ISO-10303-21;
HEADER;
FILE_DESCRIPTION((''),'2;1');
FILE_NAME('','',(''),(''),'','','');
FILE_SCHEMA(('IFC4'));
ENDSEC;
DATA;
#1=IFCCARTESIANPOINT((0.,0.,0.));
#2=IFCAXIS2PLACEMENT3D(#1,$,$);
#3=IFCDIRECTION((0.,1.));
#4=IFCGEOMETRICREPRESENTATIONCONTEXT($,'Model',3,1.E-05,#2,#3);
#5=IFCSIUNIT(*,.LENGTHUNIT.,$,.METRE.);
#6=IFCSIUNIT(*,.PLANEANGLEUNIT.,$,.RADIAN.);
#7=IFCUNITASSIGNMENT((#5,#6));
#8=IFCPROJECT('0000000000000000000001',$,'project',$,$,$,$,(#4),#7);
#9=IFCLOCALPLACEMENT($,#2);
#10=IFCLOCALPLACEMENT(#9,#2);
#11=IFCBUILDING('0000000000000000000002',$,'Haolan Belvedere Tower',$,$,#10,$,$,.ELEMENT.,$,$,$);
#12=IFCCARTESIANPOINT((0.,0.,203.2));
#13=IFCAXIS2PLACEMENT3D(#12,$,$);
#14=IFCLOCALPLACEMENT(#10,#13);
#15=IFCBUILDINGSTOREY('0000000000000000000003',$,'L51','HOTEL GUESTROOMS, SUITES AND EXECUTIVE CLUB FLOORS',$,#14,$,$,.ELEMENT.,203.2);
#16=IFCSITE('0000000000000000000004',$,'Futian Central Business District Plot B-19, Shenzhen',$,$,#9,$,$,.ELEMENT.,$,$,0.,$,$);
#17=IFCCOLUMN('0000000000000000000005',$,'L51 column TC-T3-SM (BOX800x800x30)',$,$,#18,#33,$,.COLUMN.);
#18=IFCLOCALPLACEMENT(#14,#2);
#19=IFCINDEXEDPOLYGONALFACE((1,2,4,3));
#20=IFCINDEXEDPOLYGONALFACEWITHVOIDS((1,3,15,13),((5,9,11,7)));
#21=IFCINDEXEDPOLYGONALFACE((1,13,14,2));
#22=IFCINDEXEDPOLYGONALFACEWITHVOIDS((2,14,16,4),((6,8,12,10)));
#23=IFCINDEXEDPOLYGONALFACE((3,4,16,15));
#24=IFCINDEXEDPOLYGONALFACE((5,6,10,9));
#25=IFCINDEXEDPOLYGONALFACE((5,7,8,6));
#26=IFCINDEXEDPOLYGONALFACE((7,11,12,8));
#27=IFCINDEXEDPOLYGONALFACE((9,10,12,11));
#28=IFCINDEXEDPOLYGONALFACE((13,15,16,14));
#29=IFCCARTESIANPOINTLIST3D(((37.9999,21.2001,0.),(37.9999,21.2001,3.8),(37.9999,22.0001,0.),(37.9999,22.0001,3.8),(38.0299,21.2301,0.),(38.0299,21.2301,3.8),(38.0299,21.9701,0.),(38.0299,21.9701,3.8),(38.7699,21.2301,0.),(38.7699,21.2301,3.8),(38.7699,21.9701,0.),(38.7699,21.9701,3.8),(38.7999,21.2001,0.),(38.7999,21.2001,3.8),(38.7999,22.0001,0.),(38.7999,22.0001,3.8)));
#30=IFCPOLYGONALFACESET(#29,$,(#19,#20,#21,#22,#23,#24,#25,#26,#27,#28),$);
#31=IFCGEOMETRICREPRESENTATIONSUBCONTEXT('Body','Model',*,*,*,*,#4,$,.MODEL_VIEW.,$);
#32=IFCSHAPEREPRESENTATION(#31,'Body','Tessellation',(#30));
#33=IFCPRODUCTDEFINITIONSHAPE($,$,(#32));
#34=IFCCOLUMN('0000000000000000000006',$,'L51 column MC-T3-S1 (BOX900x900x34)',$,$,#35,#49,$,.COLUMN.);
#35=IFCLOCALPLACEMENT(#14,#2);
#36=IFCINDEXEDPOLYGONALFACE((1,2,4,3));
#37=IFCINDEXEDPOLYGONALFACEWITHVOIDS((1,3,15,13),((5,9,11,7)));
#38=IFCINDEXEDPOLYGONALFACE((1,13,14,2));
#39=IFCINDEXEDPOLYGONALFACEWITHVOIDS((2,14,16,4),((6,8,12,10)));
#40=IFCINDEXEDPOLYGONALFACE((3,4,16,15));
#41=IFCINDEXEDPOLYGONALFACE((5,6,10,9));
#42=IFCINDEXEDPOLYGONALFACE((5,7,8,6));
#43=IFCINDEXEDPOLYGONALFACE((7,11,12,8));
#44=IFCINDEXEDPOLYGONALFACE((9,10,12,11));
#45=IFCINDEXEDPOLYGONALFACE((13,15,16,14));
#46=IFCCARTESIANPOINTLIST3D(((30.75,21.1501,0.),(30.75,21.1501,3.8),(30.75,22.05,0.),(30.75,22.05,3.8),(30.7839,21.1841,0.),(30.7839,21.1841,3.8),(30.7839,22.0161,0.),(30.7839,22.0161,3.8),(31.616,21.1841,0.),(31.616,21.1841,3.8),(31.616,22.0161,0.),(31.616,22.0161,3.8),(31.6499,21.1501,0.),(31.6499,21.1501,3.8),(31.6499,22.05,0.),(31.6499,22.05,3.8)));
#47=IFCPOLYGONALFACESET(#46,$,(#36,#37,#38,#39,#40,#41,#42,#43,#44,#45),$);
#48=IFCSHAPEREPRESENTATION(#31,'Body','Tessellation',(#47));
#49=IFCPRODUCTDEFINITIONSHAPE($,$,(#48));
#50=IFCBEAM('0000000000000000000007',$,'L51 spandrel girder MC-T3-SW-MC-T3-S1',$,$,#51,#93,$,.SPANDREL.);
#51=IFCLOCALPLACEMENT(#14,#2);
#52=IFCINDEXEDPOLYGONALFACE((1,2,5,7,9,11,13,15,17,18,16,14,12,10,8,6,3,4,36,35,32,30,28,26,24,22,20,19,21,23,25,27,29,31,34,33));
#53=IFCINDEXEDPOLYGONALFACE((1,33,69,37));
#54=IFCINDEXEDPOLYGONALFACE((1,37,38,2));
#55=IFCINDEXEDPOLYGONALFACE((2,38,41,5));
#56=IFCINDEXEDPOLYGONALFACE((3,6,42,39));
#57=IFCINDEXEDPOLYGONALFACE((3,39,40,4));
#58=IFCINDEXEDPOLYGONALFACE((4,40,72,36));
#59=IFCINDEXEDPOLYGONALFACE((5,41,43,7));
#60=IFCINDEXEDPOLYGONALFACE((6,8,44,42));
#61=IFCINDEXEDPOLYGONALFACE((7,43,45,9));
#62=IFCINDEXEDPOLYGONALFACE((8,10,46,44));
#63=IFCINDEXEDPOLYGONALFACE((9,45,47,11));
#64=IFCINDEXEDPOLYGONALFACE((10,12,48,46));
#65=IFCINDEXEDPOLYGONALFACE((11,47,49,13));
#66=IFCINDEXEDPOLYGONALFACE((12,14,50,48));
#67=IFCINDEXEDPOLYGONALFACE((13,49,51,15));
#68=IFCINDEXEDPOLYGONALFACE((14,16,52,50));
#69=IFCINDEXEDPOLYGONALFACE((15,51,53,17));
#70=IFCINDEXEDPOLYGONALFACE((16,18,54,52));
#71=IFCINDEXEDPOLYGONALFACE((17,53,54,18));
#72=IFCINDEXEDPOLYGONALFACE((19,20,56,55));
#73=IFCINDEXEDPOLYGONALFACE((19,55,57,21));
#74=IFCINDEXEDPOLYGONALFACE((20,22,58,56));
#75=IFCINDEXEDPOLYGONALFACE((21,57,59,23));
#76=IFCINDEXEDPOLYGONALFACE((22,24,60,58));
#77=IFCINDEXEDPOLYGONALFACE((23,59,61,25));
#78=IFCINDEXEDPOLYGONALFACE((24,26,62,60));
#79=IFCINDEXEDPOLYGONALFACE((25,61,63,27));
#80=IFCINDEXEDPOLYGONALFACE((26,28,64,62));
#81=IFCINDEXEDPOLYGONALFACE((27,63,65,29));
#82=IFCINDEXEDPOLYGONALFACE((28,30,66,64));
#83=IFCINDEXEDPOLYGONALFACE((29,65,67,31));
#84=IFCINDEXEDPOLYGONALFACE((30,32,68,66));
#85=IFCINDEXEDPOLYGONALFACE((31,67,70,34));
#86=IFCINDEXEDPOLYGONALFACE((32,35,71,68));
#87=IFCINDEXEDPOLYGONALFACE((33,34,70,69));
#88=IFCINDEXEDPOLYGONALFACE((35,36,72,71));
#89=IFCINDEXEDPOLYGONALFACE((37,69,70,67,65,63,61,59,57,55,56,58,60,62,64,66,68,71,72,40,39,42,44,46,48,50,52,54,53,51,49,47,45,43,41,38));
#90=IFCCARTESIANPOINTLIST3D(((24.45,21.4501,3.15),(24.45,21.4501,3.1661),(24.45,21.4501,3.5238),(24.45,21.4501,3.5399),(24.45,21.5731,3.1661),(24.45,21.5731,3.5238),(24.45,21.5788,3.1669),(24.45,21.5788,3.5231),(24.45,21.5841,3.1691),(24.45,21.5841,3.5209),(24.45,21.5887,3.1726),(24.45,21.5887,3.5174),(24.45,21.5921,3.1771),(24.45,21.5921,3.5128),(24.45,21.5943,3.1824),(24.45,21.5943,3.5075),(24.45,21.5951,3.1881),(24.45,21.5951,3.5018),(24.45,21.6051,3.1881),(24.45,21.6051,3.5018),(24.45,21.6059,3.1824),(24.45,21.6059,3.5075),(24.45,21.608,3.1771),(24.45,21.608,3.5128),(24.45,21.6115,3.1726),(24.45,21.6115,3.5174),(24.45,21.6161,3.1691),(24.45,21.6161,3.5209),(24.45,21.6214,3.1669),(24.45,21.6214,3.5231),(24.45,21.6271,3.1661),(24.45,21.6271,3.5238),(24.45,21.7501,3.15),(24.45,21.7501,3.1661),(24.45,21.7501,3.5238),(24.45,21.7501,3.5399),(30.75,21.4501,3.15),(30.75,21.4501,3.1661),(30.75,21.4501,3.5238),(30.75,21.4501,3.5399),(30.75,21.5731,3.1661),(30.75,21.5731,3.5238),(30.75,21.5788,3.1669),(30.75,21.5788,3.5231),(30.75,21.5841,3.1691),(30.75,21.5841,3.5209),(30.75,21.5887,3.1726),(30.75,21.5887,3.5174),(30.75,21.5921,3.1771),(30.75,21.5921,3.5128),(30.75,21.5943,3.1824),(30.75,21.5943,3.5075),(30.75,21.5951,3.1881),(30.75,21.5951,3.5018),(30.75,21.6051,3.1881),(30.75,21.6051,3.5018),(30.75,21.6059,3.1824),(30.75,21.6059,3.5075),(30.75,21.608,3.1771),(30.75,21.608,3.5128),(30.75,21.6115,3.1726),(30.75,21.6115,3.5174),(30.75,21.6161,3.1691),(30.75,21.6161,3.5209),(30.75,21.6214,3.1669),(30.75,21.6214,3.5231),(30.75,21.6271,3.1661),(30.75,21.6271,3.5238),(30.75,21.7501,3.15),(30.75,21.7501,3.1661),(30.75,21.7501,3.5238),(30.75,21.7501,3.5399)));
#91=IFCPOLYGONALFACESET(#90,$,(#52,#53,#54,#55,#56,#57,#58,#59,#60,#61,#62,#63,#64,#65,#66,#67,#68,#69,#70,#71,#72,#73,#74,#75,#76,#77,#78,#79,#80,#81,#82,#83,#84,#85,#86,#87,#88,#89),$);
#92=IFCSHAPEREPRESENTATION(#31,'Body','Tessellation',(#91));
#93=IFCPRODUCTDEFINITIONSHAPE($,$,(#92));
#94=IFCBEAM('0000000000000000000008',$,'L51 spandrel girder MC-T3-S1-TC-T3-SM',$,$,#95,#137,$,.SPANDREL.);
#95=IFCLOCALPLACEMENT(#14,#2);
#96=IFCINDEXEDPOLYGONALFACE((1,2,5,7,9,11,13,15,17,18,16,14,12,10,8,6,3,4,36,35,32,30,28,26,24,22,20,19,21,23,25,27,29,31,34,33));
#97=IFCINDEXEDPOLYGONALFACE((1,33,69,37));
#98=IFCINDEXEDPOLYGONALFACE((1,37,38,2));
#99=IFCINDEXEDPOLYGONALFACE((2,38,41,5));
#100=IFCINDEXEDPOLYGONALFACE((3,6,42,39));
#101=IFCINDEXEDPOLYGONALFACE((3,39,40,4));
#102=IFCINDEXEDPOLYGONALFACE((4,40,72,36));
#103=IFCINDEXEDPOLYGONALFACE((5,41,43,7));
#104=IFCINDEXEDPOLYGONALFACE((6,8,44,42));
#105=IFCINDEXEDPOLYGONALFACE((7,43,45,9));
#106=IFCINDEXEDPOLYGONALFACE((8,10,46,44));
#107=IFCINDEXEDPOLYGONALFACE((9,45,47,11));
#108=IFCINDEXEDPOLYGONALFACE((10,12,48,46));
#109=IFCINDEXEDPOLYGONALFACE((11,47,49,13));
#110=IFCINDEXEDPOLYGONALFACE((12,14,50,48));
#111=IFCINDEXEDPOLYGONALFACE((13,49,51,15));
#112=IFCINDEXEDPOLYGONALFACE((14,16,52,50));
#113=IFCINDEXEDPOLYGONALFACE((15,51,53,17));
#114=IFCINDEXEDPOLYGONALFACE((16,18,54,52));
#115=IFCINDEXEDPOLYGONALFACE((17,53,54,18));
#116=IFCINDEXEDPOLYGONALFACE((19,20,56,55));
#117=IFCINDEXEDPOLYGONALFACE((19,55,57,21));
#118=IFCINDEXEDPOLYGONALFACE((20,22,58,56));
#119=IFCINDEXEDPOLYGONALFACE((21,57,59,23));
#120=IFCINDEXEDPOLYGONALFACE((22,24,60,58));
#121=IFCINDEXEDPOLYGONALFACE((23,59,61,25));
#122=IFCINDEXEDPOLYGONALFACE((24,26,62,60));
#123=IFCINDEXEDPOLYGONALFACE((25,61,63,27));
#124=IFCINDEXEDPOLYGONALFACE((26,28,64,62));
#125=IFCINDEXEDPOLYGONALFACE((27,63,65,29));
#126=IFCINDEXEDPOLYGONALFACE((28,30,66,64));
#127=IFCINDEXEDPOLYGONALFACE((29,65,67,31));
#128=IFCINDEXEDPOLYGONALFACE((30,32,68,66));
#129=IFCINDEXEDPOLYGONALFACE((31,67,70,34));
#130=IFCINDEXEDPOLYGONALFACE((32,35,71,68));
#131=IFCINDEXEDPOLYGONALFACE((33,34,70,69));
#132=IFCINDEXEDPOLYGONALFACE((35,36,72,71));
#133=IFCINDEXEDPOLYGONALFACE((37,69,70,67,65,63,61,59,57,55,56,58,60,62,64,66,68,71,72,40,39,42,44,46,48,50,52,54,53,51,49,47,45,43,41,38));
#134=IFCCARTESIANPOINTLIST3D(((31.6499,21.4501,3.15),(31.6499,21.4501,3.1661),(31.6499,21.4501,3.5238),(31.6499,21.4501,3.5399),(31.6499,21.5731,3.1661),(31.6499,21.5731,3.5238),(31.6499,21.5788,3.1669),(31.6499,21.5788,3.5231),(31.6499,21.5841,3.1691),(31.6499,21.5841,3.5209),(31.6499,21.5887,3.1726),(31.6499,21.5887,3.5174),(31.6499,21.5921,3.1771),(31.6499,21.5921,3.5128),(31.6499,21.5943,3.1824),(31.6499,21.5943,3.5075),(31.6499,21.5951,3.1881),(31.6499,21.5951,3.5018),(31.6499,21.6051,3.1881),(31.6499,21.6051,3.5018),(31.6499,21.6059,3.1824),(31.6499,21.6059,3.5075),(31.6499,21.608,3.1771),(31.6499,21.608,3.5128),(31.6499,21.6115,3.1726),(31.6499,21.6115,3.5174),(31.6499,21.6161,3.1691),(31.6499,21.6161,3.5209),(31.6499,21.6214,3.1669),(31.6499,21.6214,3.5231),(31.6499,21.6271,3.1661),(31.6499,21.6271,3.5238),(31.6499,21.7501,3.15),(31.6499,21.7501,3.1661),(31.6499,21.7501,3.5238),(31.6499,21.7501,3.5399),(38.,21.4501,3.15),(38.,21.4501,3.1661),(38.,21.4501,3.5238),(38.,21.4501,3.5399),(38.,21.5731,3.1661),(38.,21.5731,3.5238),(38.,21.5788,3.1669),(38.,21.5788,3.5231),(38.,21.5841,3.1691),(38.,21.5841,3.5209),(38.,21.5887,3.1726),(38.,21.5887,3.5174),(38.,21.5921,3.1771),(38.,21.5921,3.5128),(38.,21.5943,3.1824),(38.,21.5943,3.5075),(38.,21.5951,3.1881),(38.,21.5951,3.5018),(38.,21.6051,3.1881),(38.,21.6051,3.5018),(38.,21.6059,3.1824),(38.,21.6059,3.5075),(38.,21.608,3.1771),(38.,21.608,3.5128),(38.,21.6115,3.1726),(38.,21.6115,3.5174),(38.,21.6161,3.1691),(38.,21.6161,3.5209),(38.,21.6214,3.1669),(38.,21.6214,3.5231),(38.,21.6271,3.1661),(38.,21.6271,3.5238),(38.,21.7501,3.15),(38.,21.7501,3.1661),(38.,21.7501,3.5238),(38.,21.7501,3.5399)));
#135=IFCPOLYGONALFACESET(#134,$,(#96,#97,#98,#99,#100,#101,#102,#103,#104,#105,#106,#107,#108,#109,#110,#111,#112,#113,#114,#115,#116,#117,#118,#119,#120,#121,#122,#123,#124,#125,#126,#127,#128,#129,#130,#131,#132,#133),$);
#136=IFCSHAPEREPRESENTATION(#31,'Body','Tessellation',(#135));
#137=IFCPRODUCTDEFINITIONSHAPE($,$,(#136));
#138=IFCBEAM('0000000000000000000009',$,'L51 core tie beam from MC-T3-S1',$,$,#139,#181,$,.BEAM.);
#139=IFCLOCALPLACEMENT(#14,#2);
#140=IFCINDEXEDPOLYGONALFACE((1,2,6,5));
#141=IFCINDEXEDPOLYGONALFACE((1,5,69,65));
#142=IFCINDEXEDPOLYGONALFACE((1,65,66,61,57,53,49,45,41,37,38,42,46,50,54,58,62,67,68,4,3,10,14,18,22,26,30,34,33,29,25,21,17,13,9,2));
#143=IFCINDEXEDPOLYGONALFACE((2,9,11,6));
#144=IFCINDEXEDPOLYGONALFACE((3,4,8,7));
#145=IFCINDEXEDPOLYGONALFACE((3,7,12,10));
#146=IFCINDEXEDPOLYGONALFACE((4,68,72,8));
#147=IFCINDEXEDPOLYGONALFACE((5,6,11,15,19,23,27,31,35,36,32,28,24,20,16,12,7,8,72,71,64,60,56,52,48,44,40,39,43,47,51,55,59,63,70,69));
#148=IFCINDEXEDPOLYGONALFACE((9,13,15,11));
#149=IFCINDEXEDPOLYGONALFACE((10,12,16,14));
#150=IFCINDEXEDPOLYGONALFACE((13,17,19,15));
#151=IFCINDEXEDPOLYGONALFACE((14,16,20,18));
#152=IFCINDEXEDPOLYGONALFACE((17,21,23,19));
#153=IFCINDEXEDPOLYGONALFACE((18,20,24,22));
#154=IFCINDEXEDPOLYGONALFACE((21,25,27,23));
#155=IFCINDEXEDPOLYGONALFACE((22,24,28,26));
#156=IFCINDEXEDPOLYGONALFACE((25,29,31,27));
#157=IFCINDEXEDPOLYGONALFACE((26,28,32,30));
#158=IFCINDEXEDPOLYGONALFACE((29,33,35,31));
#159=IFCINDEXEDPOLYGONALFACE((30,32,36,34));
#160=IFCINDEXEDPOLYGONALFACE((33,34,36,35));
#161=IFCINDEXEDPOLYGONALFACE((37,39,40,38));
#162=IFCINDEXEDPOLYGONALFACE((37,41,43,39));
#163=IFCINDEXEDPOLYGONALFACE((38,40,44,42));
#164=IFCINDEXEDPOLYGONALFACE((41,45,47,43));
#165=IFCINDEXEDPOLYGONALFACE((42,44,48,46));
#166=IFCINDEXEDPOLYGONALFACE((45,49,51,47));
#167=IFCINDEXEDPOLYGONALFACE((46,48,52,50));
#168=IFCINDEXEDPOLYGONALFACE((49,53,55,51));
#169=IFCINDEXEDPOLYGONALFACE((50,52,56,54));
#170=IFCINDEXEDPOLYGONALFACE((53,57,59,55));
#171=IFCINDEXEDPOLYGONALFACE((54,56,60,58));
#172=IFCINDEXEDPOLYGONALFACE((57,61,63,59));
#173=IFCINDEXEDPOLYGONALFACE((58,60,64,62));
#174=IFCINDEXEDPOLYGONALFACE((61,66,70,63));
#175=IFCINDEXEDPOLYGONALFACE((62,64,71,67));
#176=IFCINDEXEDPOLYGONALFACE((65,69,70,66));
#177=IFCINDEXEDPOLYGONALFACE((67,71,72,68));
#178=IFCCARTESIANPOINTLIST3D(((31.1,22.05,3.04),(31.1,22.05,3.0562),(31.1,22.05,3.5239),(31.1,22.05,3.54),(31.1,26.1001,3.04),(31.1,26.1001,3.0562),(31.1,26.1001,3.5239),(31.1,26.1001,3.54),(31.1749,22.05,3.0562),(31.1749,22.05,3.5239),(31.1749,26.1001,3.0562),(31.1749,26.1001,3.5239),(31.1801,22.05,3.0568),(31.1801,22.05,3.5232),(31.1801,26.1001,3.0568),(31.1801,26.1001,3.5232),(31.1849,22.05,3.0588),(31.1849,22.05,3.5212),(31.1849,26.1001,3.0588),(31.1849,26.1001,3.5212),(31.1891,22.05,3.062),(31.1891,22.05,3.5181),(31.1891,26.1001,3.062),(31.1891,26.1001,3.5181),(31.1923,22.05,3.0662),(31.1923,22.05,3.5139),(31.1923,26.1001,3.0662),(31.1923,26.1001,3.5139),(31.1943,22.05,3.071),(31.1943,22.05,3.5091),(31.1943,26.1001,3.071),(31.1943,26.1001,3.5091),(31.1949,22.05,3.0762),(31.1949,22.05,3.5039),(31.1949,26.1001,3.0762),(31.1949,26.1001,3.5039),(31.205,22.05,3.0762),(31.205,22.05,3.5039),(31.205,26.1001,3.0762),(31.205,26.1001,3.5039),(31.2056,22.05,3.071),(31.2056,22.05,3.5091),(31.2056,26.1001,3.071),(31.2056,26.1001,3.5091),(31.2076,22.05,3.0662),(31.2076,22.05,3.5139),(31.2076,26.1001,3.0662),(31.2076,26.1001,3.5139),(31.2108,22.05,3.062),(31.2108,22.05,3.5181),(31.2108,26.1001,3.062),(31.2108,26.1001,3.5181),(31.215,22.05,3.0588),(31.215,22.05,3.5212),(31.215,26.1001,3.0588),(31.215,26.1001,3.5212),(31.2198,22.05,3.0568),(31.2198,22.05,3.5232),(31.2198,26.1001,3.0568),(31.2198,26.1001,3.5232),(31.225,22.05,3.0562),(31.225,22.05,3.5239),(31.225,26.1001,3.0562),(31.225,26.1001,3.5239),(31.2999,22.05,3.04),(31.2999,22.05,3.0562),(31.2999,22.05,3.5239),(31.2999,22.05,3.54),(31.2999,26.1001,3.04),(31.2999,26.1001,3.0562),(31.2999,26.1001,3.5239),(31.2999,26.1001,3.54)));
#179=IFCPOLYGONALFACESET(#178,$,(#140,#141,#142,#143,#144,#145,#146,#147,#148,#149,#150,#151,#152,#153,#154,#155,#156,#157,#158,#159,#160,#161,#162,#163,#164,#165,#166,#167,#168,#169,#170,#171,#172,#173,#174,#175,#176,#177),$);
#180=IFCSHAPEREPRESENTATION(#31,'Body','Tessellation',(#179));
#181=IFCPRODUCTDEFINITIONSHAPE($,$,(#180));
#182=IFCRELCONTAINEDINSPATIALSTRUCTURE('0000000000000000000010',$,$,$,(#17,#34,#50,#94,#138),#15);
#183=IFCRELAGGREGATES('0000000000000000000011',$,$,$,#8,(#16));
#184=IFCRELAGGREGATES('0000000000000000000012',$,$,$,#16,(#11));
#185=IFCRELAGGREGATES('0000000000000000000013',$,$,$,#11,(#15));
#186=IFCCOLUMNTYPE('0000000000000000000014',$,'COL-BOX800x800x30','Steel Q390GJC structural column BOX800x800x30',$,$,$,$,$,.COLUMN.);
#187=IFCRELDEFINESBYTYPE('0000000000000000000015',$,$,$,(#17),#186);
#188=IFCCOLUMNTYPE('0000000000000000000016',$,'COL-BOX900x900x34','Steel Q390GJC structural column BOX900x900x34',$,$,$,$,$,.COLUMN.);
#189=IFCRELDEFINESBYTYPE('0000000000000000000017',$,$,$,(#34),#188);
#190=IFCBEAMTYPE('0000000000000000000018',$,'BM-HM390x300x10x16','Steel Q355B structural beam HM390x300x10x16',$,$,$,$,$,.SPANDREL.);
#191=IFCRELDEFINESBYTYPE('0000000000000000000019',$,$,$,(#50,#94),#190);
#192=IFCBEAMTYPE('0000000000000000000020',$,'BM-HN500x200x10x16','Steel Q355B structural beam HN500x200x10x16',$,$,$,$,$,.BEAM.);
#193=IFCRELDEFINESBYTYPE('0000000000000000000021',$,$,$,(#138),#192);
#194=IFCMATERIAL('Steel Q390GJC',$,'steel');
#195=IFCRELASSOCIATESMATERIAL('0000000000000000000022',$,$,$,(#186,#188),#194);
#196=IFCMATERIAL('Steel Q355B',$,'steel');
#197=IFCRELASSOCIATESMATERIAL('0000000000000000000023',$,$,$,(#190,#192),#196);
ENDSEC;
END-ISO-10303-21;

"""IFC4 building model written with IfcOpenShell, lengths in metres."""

from ifc_helpers import new_model, si_unit, direction, frame, origin, origin_2d, place, context, subcontext, project, spatial, hollow_rectangle, i_section, extrude, material, material_profile, profile_set, type_object, element, save


model = new_model("IFC4")

# Units and contexts
model_context = context("Model", 3, precision=1e-05, world=origin(), true_north=direction((0.0, 1.0)))
body_context = subcontext(model_context, "Body", "Model", "MODEL_VIEW")
ifc_project = project(units=[si_unit("LENGTHUNIT", "METRE"), si_unit("PLANEANGLEUNIT", "RADIAN")], contexts=[model_context])

# Site, building, storey
site_placement = place(None, origin())
site = spatial("IfcSite", under=ifc_project, at=site_placement, Name="Futian Central Business District Plot B-19, Shenzhen", CompositionType="ELEMENT", RefElevation=0.0)
building_placement = place(site_placement, origin())
building = spatial("IfcBuilding", under=site, at=building_placement, Name="Haolan Belvedere Tower", CompositionType="ELEMENT")
storey_placement = place(building_placement, frame((0.0, 0.0, 203.2)))
storey = spatial("IfcBuildingStorey", under=building, at=storey_placement, Name="L51", Description="HOTEL GUESTROOMS, SUITES AND EXECUTIVE CLUB FLOORS", CompositionType="ELEMENT", Elevation=203.2)

# Columns
ifc_material_1 = material(Name="Steel Q390GJC", Category="steel")
ifc_material_profile_1 = material_profile(ifc_material_1, hollow_rectangle(XDim=0.8, YDim=0.8, WallThickness=0.03, at=origin_2d()), Name="Steel Q390GJC")
ifc_profile_set_1 = profile_set([ifc_material_profile_1], Name="Steel Q390GJC")
column_type_1 = type_object("IfcColumnType", Name="COL-BOX800x800x30", Description="Steel Q390GJC structural column BOX800x800x30", PredefinedType="COLUMN", material=ifc_profile_set_1)
column_1_placement = place(storey_placement, frame((38.3999, 21.6001, 0.0), z_axis=(0.0, 0.0, 1.0), x_axis=(1.0, 0.0, 0.0)))
element("IfcColumn", 1, at=column_1_placement, inside=storey, type_object=column_type_1, Name="L51 column TC-T3-SM (BOX800x800x30)", PredefinedType="COLUMN", context=body_context, shape_type="SweptSolid", body=[
    extrude(hollow_rectangle(XDim=0.8, YDim=0.8, WallThickness=0.03, at=origin_2d()), origin(), (0.0, 0.0, 1.0), 3.8),
])
ifc_material_profile_2 = material_profile(ifc_material_1, hollow_rectangle(XDim=0.8999, YDim=0.8999, WallThickness=0.0339, at=origin_2d()), Name="Steel Q390GJC")
ifc_profile_set_2 = profile_set([ifc_material_profile_2], Name="Steel Q390GJC")
column_type_2 = type_object("IfcColumnType", Name="COL-BOX900x900x34", Description="Steel Q390GJC structural column BOX900x900x34", PredefinedType="COLUMN", material=ifc_profile_set_2)
column_2_placement = place(storey_placement, frame((31.2, 21.6001, 0.0), z_axis=(0.0, 0.0, 1.0), x_axis=(1.0, 0.0, 0.0)))
element("IfcColumn", 2, at=column_2_placement, inside=storey, type_object=column_type_2, Name="L51 column MC-T3-S1 (BOX900x900x34)", PredefinedType="COLUMN", context=body_context, shape_type="SweptSolid", body=[
    extrude(hollow_rectangle(XDim=0.8999, YDim=0.8999, WallThickness=0.0339, at=origin_2d()), origin(), (0.0, 0.0, 1.0), 3.8),
])

# Beams
ifc_material_2 = material(Name="Steel Q355B", Category="steel")
ifc_material_profile_3 = material_profile(ifc_material_2, i_section(OverallWidth=0.3, OverallDepth=0.3899, WebThickness=0.01, FlangeThickness=0.0161, FilletRadius=0.022, at=origin_2d()), Name="Steel Q355B")
ifc_profile_set_3 = profile_set([ifc_material_profile_3], Name="Steel Q355B")
beam_type_1 = type_object("IfcBeamType", Name="BM-HM390x300x10x16", Description="Steel Q355B structural beam HM390x300x10x16", PredefinedType="SPANDREL", material=ifc_profile_set_3)
beam_1_placement = place(storey_placement, frame((24.45, 21.6001, 3.345), z_axis=(1.0, 0.0, 0.0), x_axis=(0.0, 1.0, 0.0)))
element("IfcBeam", 3, at=beam_1_placement, inside=storey, type_object=beam_type_1, Name="L51 spandrel girder MC-T3-SW-MC-T3-S1", PredefinedType="SPANDREL", context=body_context, shape_type="SweptSolid", body=[
    extrude(i_section(OverallWidth=0.3, OverallDepth=0.3899, WebThickness=0.01, FlangeThickness=0.0161, FilletRadius=0.022, at=origin_2d()), origin(), (0.0, 0.0, 1.0), 6.3),
])
beam_2_placement = place(storey_placement, frame((31.6499, 21.6001, 3.345), z_axis=(1.0, 0.0, 0.0), x_axis=(0.0, 1.0, 0.0)))
element("IfcBeam", 4, at=beam_2_placement, inside=storey, type_object=beam_type_1, Name="L51 spandrel girder MC-T3-S1-TC-T3-SM", PredefinedType="SPANDREL", context=body_context, shape_type="SweptSolid", body=[
    extrude(i_section(OverallWidth=0.3, OverallDepth=0.3899, WebThickness=0.01, FlangeThickness=0.0161, FilletRadius=0.022, at=origin_2d()), origin(), (0.0, 0.0, 1.0), 6.3501),
])
ifc_material_profile_4 = material_profile(ifc_material_2, i_section(OverallWidth=0.2, OverallDepth=0.5, WebThickness=0.01, FlangeThickness=0.0161, FilletRadius=0.02, at=origin_2d()), Name="Steel Q355B")
ifc_profile_set_4 = profile_set([ifc_material_profile_4], Name="Steel Q355B")
beam_type_2 = type_object("IfcBeamType", Name="BM-HN500x200x10x16", Description="Steel Q355B structural beam HN500x200x10x16", PredefinedType="BEAM", material=ifc_profile_set_4)
beam_3_placement = place(storey_placement, frame((31.2, 22.05, 3.29), z_axis=(0.0, 1.0, 0.0), x_axis=(-1.0, 0.0, 0.0)))
element("IfcBeam", 5, at=beam_3_placement, inside=storey, type_object=beam_type_2, Name="L51 core tie beam from MC-T3-S1", PredefinedType="BEAM", context=body_context, shape_type="SweptSolid", body=[
    extrude(i_section(OverallWidth=0.2, OverallDepth=0.5, WebThickness=0.01, FlangeThickness=0.0161, FilletRadius=0.02, at=origin_2d()), origin(), (0.0, 0.0, 1.0), 4.05),
])

save(model, "model.ifc")
